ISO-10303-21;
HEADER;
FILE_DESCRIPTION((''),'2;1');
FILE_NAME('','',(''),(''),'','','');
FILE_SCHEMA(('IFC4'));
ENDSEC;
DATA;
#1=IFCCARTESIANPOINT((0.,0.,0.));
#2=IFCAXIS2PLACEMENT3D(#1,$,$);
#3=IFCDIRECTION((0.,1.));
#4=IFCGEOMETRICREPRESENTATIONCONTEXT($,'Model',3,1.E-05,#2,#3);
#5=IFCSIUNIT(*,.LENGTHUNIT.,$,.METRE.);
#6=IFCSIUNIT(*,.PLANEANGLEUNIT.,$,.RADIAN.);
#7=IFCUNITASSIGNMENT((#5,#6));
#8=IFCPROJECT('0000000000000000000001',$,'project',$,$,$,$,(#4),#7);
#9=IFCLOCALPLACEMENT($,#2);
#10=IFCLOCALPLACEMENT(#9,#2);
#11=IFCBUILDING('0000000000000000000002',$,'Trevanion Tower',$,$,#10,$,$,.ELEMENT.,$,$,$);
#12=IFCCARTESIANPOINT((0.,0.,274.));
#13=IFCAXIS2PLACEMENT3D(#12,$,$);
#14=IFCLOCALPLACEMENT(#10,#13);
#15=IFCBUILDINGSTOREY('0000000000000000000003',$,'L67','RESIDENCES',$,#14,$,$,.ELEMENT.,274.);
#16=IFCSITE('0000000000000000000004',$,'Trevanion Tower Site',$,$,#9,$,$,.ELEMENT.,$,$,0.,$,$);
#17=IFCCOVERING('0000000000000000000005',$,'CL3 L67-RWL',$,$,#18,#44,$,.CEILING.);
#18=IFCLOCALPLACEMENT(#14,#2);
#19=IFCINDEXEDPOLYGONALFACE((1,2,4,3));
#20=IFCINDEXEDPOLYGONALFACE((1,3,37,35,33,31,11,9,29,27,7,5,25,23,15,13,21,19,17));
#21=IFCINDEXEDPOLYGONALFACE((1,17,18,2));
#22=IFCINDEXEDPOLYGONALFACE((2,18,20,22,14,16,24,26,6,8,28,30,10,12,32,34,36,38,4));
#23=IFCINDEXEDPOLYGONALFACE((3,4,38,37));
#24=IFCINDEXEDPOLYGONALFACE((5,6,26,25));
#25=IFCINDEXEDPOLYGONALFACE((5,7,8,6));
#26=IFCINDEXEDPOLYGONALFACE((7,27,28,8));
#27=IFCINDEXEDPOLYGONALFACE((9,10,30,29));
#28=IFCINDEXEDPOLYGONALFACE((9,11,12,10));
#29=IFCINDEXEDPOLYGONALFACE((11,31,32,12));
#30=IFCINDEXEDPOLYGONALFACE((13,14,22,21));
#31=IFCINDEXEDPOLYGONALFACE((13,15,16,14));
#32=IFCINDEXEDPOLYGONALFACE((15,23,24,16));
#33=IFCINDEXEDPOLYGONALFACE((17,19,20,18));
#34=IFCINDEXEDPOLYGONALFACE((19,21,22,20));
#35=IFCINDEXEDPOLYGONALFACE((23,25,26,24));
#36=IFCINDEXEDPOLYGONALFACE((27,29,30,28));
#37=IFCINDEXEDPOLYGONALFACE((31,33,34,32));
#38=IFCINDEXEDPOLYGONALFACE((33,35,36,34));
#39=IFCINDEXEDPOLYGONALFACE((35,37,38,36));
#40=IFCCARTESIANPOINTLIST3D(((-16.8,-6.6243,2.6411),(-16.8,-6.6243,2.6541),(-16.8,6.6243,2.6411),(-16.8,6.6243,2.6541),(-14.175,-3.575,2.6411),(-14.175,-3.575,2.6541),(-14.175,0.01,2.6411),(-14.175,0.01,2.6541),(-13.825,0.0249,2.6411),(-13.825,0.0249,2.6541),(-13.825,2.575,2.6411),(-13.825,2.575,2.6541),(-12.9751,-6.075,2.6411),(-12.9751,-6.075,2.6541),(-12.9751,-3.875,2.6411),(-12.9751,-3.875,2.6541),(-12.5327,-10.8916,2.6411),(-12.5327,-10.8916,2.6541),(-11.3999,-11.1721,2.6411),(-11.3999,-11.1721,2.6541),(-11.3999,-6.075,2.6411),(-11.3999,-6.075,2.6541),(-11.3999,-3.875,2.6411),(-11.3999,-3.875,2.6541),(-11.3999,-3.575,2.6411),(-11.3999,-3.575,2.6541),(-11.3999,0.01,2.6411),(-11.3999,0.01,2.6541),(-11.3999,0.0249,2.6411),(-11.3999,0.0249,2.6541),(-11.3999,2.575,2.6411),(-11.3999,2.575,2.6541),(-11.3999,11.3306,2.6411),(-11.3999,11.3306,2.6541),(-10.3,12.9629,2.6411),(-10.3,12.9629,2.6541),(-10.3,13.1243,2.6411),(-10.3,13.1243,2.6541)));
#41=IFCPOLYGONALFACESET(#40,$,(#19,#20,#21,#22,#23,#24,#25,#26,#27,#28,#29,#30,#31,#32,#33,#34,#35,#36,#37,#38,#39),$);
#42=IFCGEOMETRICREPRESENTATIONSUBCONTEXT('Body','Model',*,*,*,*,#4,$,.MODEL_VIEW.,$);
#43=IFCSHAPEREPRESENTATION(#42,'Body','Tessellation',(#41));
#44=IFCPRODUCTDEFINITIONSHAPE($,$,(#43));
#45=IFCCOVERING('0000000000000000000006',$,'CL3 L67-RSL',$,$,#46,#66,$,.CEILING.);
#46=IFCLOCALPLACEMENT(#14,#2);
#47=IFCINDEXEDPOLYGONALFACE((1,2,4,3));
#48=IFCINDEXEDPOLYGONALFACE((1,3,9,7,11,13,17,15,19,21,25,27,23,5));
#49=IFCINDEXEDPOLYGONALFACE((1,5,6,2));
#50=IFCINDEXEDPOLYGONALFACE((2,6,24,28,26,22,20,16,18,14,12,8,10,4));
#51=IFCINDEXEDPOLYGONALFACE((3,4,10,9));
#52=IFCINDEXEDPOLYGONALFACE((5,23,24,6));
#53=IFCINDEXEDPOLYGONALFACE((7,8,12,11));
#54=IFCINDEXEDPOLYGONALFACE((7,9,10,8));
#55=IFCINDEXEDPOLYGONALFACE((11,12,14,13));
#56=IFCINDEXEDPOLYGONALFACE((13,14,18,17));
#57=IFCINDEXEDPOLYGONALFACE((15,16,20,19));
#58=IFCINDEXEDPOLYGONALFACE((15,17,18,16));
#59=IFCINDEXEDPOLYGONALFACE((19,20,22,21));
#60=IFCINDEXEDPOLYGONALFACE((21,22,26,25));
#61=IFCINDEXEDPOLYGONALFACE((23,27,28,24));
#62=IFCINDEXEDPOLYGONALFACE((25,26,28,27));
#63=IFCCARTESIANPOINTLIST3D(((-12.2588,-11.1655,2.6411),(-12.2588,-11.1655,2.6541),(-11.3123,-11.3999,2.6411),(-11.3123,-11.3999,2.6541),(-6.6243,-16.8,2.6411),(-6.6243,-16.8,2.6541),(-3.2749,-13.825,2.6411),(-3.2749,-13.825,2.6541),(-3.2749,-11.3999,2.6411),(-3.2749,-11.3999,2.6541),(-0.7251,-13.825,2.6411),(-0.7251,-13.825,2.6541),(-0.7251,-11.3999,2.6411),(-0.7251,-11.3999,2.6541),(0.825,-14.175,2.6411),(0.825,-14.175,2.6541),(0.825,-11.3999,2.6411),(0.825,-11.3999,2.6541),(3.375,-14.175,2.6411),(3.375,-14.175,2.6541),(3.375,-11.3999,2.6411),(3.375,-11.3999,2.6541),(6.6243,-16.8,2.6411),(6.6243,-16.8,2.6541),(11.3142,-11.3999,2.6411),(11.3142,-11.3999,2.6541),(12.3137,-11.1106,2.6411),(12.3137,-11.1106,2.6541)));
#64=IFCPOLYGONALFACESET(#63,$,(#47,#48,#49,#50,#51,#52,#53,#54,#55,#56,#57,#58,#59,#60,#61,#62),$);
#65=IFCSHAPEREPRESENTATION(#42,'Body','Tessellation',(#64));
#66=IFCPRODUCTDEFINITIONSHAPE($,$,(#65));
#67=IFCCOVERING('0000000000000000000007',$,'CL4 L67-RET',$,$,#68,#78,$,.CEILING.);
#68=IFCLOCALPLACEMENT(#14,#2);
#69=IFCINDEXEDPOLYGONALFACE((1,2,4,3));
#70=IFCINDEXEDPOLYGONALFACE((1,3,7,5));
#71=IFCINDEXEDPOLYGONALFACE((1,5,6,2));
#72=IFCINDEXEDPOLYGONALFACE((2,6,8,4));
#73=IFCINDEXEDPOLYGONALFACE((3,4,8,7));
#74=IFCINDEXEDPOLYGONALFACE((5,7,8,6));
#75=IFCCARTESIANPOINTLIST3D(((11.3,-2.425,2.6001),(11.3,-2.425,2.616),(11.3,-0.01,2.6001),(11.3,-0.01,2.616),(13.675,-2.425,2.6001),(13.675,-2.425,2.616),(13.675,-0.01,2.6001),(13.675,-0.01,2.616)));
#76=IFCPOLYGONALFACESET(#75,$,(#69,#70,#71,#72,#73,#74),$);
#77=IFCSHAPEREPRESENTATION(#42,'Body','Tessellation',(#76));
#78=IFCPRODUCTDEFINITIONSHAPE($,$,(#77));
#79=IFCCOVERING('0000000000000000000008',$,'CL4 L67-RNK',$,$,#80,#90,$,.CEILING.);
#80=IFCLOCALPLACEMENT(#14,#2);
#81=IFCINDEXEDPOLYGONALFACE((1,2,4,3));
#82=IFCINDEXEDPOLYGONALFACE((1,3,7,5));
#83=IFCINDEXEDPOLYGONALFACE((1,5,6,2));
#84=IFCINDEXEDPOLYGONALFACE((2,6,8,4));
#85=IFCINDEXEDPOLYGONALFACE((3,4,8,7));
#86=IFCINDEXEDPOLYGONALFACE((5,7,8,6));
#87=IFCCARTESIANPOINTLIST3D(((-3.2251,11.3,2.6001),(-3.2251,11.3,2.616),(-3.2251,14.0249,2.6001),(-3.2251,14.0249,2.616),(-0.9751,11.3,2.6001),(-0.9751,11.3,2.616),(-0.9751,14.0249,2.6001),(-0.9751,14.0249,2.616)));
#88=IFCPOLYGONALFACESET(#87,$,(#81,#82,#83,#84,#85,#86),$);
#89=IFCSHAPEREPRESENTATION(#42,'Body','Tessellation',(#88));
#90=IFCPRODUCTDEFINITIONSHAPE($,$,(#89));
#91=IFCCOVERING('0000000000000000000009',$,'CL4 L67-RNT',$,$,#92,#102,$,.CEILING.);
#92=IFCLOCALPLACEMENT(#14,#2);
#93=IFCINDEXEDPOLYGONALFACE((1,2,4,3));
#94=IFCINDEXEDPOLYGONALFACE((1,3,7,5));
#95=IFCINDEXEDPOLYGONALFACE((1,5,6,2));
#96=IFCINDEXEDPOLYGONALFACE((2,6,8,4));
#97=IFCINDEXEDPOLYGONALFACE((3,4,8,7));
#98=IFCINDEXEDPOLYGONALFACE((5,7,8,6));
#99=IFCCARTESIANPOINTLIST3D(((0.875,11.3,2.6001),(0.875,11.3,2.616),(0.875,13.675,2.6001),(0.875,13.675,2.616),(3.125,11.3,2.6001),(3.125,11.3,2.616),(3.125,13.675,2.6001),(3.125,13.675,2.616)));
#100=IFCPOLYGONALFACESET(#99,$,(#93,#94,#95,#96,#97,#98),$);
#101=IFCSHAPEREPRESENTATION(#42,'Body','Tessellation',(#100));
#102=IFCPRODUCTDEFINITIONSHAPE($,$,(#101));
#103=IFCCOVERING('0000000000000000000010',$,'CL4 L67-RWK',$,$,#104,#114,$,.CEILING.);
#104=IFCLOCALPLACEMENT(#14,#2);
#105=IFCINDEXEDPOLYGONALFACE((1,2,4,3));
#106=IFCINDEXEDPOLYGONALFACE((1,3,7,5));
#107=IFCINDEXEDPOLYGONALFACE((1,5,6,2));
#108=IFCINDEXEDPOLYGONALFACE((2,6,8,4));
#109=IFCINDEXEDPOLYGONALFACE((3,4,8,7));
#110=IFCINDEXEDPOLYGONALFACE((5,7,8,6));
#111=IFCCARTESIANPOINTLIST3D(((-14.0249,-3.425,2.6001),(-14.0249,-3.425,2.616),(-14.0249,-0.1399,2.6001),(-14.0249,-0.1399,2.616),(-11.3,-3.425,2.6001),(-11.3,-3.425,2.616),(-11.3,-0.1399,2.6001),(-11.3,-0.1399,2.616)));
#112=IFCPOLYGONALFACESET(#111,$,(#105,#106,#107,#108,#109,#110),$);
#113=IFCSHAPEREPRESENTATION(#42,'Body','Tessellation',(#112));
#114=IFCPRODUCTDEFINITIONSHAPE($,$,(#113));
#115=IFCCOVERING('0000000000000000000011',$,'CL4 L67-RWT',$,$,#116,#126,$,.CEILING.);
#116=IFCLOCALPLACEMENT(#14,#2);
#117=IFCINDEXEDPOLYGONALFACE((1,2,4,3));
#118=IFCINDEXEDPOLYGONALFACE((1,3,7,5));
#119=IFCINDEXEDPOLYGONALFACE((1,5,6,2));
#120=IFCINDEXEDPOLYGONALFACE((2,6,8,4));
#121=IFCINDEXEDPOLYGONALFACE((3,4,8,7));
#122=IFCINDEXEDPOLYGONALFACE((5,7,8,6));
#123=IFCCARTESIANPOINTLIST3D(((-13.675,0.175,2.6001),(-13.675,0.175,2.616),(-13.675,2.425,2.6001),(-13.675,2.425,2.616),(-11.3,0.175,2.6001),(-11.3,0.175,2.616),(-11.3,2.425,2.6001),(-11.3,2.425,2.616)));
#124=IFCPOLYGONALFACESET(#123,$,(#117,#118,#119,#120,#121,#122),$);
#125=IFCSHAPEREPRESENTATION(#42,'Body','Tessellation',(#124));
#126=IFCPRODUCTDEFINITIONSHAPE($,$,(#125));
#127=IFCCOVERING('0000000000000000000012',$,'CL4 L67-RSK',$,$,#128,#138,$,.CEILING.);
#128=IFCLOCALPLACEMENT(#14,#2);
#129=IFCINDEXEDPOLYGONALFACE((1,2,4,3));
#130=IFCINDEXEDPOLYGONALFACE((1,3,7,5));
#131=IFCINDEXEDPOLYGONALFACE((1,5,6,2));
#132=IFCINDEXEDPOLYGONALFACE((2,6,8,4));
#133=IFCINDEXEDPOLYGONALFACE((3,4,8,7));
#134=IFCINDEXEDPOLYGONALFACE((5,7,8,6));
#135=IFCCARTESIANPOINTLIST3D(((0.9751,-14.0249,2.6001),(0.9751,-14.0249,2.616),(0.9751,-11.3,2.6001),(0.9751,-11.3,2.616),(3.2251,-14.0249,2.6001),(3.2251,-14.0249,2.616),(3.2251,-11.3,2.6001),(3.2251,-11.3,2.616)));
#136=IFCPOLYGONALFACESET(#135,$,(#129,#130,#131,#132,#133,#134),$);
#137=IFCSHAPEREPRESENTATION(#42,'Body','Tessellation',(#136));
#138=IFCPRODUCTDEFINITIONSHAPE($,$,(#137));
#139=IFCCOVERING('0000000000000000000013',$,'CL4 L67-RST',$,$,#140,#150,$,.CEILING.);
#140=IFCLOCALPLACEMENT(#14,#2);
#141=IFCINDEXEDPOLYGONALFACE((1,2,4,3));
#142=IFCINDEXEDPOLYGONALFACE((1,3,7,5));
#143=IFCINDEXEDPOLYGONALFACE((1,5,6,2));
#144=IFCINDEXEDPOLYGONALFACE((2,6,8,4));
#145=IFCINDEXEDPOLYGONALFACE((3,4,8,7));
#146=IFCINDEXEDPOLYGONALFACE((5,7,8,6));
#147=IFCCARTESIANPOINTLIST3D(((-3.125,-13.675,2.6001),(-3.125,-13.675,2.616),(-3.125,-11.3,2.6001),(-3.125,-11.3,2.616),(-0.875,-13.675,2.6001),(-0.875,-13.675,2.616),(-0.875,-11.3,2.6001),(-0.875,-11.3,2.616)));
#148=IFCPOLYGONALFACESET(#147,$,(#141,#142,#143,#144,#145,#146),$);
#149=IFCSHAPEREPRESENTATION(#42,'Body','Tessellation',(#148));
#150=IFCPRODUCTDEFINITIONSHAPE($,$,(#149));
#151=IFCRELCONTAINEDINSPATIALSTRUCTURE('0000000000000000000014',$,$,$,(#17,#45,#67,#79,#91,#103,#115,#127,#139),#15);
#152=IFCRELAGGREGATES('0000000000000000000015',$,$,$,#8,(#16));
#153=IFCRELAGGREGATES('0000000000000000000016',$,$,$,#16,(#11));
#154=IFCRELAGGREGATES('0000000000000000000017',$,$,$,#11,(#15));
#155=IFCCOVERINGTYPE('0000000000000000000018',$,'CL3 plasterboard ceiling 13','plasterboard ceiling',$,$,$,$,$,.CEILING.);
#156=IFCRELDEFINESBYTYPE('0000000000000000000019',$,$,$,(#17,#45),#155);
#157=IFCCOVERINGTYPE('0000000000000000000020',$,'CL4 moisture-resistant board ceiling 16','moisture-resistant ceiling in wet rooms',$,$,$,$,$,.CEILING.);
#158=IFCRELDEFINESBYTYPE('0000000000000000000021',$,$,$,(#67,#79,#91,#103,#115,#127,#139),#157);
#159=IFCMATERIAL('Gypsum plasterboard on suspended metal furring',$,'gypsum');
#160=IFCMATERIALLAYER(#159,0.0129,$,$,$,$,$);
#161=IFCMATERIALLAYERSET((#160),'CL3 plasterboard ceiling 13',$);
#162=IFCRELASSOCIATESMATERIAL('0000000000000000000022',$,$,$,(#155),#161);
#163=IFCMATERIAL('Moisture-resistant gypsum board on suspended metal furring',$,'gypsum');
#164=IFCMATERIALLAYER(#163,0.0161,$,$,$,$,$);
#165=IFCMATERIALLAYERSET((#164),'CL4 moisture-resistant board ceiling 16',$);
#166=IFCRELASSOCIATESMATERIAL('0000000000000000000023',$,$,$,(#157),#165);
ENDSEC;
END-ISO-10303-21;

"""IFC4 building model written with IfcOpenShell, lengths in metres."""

from ifc_helpers import new_model, si_unit, direction, frame, origin, place, context, subcontext, project, spatial, polyline, outline, extrude, material, layer, layer_set, type_object, element, save


model = new_model("IFC4")

# Units and contexts
model_context = context("Model", 3, precision=1e-05, world=origin(), true_north=direction((0.0, 1.0)))
body_context = subcontext(model_context, "Body", "Model", "MODEL_VIEW")
ifc_project = project(units=[si_unit("LENGTHUNIT", "METRE"), si_unit("PLANEANGLEUNIT", "RADIAN")], contexts=[model_context])

# Site, building, storey
site_placement = place(None, origin())
site = spatial("IfcSite", under=ifc_project, at=site_placement, Name="Trevanion Tower Site", CompositionType="ELEMENT", RefElevation=0.0)
building_placement = place(site_placement, origin())
building = spatial("IfcBuilding", under=site, at=building_placement, Name="Trevanion Tower", CompositionType="ELEMENT")
storey_placement = place(building_placement, frame((0.0, 0.0, 274.0)))
storey = spatial("IfcBuildingStorey", under=building, at=storey_placement, Name="L67", Description="RESIDENCES", CompositionType="ELEMENT", Elevation=274.0)

# Coverings
ifc_material_1 = material(Name="Gypsum plasterboard on suspended metal furring", Category="gypsum")
ifc_layer_1 = layer(ifc_material_1, 0.0129)
ifc_layer_set_1 = layer_set([ifc_layer_1], Name="CL3 plasterboard ceiling 13")
covering_type_1 = type_object("IfcCoveringType", Name="CL3 plasterboard ceiling 13", Description="plasterboard ceiling", PredefinedType="CEILING", material=ifc_layer_set_1)
covering_1_placement = place(storey_placement, frame((0.0, 0.0, 2.6411)))
element("IfcCovering", 1, at=covering_1_placement, inside=storey, type_object=covering_type_1, Name="CL3 L67-RWL", PredefinedType="CEILING", context=body_context, shape_type="SweptSolid", body=[
    extrude(outline(polyline([(-10.3, 13.1243), (-10.3, 12.9629), (-11.3999, 11.3306), (-11.3999, 2.575), (-13.825, 2.575), (-13.825, 0.0249), (-11.3999, 0.0249), (-11.3999, 0.01), (-14.175, 0.01), (-14.175, -3.575), (-11.3999, -3.575), (-11.3999, -3.875), (-12.9751, -3.875), (-12.9751, -6.075), (-11.3999, -6.075), (-11.3999, -11.1721), (-12.5327, -10.8916), (-16.8, -6.6243), (-16.8, 6.6243), (-10.3, 13.1243)])), origin(), (0.0, 0.0, 1.0), 0.0129),
])
covering_2_placement = place(storey_placement, frame((0.0, 0.0, 2.6411)))
element("IfcCovering", 2, at=covering_2_placement, inside=storey, type_object=covering_type_1, Name="CL3 L67-RSL", PredefinedType="CEILING", context=body_context, shape_type="SweptSolid", body=[
    extrude(outline(polyline([(-11.3123, -11.3999), (-3.2749, -11.3999), (-3.2749, -13.825), (-0.7251, -13.825), (-0.7251, -11.3999), (0.825, -11.3999), (0.825, -14.175), (3.375, -14.175), (3.375, -11.3999), (11.3142, -11.3999), (12.3137, -11.1106), (6.6243, -16.8), (-6.6243, -16.8), (-12.2588, -11.1655), (-11.3123, -11.3999)])), origin(), (0.0, 0.0, 1.0), 0.0129),
])
ifc_material_2 = material(Name="Moisture-resistant gypsum board on suspended metal furring", Category="gypsum")
ifc_layer_2 = layer(ifc_material_2, 0.0161)
ifc_layer_set_2 = layer_set([ifc_layer_2], Name="CL4 moisture-resistant board ceiling 16")
covering_type_2 = type_object("IfcCoveringType", Name="CL4 moisture-resistant board ceiling 16", Description="moisture-resistant ceiling in wet rooms", PredefinedType="CEILING", material=ifc_layer_set_2)
covering_3_placement = place(storey_placement, frame((0.0, 0.0, 2.6001)))
element("IfcCovering", 3, at=covering_3_placement, inside=storey, type_object=covering_type_2, Name="CL4 L67-RET", PredefinedType="CEILING", context=body_context, shape_type="SweptSolid", body=[
    extrude(outline(polyline([(13.675, -2.425), (13.675, -0.01), (11.3, -0.01), (11.3, -2.425), (13.675, -2.425)])), origin(), (0.0, 0.0, 1.0), 0.0159),
])
covering_4_placement = place(storey_placement, frame((0.0, 0.0, 2.6001)))
element("IfcCovering", 4, at=covering_4_placement, inside=storey, type_object=covering_type_2, Name="CL4 L67-RNK", PredefinedType="CEILING", context=body_context, shape_type="SweptSolid", body=[
    extrude(outline(polyline([(-0.9751, 14.0249), (-3.2251, 14.0249), (-3.2251, 11.3), (-0.9751, 11.3), (-0.9751, 14.0249)])), origin(), (0.0, 0.0, 1.0), 0.0159),
])
covering_5_placement = place(storey_placement, frame((0.0, 0.0, 2.6001)))
element("IfcCovering", 5, at=covering_5_placement, inside=storey, type_object=covering_type_2, Name="CL4 L67-RNT", PredefinedType="CEILING", context=body_context, shape_type="SweptSolid", body=[
    extrude(outline(polyline([(3.125, 13.675), (0.875, 13.675), (0.875, 11.3), (3.125, 11.3), (3.125, 13.675)])), origin(), (0.0, 0.0, 1.0), 0.0159),
])
covering_6_placement = place(storey_placement, frame((0.0, 0.0, 2.6001)))
element("IfcCovering", 6, at=covering_6_placement, inside=storey, type_object=covering_type_2, Name="CL4 L67-RWK", PredefinedType="CEILING", context=body_context, shape_type="SweptSolid", body=[
    extrude(outline(polyline([(-14.0249, -0.1399), (-14.0249, -3.425), (-11.3, -3.425), (-11.3, -0.1399), (-14.0249, -0.1399)])), origin(), (0.0, 0.0, 1.0), 0.0159),
])
covering_7_placement = place(storey_placement, frame((0.0, 0.0, 2.6001)))
element("IfcCovering", 7, at=covering_7_placement, inside=storey, type_object=covering_type_2, Name="CL4 L67-RWT", PredefinedType="CEILING", context=body_context, shape_type="SweptSolid", body=[
    extrude(outline(polyline([(-13.675, 2.425), (-13.675, 0.175), (-11.3, 0.175), (-11.3, 2.425), (-13.675, 2.425)])), origin(), (0.0, 0.0, 1.0), 0.0159),
])
covering_8_placement = place(storey_placement, frame((0.0, 0.0, 2.6001)))
element("IfcCovering", 8, at=covering_8_placement, inside=storey, type_object=covering_type_2, Name="CL4 L67-RSK", PredefinedType="CEILING", context=body_context, shape_type="SweptSolid", body=[
    extrude(outline(polyline([(0.9751, -14.0249), (3.2251, -14.0249), (3.2251, -11.3), (0.9751, -11.3), (0.9751, -14.0249)])), origin(), (0.0, 0.0, 1.0), 0.0159),
])
covering_9_placement = place(storey_placement, frame((0.0, 0.0, 2.6001)))
element("IfcCovering", 9, at=covering_9_placement, inside=storey, type_object=covering_type_2, Name="CL4 L67-RST", PredefinedType="CEILING", context=body_context, shape_type="SweptSolid", body=[
    extrude(outline(polyline([(-3.125, -13.675), (-0.875, -13.675), (-0.875, -11.3), (-3.125, -11.3), (-3.125, -13.675)])), origin(), (0.0, 0.0, 1.0), 0.0159),
])

save(model, "model.ifc")
